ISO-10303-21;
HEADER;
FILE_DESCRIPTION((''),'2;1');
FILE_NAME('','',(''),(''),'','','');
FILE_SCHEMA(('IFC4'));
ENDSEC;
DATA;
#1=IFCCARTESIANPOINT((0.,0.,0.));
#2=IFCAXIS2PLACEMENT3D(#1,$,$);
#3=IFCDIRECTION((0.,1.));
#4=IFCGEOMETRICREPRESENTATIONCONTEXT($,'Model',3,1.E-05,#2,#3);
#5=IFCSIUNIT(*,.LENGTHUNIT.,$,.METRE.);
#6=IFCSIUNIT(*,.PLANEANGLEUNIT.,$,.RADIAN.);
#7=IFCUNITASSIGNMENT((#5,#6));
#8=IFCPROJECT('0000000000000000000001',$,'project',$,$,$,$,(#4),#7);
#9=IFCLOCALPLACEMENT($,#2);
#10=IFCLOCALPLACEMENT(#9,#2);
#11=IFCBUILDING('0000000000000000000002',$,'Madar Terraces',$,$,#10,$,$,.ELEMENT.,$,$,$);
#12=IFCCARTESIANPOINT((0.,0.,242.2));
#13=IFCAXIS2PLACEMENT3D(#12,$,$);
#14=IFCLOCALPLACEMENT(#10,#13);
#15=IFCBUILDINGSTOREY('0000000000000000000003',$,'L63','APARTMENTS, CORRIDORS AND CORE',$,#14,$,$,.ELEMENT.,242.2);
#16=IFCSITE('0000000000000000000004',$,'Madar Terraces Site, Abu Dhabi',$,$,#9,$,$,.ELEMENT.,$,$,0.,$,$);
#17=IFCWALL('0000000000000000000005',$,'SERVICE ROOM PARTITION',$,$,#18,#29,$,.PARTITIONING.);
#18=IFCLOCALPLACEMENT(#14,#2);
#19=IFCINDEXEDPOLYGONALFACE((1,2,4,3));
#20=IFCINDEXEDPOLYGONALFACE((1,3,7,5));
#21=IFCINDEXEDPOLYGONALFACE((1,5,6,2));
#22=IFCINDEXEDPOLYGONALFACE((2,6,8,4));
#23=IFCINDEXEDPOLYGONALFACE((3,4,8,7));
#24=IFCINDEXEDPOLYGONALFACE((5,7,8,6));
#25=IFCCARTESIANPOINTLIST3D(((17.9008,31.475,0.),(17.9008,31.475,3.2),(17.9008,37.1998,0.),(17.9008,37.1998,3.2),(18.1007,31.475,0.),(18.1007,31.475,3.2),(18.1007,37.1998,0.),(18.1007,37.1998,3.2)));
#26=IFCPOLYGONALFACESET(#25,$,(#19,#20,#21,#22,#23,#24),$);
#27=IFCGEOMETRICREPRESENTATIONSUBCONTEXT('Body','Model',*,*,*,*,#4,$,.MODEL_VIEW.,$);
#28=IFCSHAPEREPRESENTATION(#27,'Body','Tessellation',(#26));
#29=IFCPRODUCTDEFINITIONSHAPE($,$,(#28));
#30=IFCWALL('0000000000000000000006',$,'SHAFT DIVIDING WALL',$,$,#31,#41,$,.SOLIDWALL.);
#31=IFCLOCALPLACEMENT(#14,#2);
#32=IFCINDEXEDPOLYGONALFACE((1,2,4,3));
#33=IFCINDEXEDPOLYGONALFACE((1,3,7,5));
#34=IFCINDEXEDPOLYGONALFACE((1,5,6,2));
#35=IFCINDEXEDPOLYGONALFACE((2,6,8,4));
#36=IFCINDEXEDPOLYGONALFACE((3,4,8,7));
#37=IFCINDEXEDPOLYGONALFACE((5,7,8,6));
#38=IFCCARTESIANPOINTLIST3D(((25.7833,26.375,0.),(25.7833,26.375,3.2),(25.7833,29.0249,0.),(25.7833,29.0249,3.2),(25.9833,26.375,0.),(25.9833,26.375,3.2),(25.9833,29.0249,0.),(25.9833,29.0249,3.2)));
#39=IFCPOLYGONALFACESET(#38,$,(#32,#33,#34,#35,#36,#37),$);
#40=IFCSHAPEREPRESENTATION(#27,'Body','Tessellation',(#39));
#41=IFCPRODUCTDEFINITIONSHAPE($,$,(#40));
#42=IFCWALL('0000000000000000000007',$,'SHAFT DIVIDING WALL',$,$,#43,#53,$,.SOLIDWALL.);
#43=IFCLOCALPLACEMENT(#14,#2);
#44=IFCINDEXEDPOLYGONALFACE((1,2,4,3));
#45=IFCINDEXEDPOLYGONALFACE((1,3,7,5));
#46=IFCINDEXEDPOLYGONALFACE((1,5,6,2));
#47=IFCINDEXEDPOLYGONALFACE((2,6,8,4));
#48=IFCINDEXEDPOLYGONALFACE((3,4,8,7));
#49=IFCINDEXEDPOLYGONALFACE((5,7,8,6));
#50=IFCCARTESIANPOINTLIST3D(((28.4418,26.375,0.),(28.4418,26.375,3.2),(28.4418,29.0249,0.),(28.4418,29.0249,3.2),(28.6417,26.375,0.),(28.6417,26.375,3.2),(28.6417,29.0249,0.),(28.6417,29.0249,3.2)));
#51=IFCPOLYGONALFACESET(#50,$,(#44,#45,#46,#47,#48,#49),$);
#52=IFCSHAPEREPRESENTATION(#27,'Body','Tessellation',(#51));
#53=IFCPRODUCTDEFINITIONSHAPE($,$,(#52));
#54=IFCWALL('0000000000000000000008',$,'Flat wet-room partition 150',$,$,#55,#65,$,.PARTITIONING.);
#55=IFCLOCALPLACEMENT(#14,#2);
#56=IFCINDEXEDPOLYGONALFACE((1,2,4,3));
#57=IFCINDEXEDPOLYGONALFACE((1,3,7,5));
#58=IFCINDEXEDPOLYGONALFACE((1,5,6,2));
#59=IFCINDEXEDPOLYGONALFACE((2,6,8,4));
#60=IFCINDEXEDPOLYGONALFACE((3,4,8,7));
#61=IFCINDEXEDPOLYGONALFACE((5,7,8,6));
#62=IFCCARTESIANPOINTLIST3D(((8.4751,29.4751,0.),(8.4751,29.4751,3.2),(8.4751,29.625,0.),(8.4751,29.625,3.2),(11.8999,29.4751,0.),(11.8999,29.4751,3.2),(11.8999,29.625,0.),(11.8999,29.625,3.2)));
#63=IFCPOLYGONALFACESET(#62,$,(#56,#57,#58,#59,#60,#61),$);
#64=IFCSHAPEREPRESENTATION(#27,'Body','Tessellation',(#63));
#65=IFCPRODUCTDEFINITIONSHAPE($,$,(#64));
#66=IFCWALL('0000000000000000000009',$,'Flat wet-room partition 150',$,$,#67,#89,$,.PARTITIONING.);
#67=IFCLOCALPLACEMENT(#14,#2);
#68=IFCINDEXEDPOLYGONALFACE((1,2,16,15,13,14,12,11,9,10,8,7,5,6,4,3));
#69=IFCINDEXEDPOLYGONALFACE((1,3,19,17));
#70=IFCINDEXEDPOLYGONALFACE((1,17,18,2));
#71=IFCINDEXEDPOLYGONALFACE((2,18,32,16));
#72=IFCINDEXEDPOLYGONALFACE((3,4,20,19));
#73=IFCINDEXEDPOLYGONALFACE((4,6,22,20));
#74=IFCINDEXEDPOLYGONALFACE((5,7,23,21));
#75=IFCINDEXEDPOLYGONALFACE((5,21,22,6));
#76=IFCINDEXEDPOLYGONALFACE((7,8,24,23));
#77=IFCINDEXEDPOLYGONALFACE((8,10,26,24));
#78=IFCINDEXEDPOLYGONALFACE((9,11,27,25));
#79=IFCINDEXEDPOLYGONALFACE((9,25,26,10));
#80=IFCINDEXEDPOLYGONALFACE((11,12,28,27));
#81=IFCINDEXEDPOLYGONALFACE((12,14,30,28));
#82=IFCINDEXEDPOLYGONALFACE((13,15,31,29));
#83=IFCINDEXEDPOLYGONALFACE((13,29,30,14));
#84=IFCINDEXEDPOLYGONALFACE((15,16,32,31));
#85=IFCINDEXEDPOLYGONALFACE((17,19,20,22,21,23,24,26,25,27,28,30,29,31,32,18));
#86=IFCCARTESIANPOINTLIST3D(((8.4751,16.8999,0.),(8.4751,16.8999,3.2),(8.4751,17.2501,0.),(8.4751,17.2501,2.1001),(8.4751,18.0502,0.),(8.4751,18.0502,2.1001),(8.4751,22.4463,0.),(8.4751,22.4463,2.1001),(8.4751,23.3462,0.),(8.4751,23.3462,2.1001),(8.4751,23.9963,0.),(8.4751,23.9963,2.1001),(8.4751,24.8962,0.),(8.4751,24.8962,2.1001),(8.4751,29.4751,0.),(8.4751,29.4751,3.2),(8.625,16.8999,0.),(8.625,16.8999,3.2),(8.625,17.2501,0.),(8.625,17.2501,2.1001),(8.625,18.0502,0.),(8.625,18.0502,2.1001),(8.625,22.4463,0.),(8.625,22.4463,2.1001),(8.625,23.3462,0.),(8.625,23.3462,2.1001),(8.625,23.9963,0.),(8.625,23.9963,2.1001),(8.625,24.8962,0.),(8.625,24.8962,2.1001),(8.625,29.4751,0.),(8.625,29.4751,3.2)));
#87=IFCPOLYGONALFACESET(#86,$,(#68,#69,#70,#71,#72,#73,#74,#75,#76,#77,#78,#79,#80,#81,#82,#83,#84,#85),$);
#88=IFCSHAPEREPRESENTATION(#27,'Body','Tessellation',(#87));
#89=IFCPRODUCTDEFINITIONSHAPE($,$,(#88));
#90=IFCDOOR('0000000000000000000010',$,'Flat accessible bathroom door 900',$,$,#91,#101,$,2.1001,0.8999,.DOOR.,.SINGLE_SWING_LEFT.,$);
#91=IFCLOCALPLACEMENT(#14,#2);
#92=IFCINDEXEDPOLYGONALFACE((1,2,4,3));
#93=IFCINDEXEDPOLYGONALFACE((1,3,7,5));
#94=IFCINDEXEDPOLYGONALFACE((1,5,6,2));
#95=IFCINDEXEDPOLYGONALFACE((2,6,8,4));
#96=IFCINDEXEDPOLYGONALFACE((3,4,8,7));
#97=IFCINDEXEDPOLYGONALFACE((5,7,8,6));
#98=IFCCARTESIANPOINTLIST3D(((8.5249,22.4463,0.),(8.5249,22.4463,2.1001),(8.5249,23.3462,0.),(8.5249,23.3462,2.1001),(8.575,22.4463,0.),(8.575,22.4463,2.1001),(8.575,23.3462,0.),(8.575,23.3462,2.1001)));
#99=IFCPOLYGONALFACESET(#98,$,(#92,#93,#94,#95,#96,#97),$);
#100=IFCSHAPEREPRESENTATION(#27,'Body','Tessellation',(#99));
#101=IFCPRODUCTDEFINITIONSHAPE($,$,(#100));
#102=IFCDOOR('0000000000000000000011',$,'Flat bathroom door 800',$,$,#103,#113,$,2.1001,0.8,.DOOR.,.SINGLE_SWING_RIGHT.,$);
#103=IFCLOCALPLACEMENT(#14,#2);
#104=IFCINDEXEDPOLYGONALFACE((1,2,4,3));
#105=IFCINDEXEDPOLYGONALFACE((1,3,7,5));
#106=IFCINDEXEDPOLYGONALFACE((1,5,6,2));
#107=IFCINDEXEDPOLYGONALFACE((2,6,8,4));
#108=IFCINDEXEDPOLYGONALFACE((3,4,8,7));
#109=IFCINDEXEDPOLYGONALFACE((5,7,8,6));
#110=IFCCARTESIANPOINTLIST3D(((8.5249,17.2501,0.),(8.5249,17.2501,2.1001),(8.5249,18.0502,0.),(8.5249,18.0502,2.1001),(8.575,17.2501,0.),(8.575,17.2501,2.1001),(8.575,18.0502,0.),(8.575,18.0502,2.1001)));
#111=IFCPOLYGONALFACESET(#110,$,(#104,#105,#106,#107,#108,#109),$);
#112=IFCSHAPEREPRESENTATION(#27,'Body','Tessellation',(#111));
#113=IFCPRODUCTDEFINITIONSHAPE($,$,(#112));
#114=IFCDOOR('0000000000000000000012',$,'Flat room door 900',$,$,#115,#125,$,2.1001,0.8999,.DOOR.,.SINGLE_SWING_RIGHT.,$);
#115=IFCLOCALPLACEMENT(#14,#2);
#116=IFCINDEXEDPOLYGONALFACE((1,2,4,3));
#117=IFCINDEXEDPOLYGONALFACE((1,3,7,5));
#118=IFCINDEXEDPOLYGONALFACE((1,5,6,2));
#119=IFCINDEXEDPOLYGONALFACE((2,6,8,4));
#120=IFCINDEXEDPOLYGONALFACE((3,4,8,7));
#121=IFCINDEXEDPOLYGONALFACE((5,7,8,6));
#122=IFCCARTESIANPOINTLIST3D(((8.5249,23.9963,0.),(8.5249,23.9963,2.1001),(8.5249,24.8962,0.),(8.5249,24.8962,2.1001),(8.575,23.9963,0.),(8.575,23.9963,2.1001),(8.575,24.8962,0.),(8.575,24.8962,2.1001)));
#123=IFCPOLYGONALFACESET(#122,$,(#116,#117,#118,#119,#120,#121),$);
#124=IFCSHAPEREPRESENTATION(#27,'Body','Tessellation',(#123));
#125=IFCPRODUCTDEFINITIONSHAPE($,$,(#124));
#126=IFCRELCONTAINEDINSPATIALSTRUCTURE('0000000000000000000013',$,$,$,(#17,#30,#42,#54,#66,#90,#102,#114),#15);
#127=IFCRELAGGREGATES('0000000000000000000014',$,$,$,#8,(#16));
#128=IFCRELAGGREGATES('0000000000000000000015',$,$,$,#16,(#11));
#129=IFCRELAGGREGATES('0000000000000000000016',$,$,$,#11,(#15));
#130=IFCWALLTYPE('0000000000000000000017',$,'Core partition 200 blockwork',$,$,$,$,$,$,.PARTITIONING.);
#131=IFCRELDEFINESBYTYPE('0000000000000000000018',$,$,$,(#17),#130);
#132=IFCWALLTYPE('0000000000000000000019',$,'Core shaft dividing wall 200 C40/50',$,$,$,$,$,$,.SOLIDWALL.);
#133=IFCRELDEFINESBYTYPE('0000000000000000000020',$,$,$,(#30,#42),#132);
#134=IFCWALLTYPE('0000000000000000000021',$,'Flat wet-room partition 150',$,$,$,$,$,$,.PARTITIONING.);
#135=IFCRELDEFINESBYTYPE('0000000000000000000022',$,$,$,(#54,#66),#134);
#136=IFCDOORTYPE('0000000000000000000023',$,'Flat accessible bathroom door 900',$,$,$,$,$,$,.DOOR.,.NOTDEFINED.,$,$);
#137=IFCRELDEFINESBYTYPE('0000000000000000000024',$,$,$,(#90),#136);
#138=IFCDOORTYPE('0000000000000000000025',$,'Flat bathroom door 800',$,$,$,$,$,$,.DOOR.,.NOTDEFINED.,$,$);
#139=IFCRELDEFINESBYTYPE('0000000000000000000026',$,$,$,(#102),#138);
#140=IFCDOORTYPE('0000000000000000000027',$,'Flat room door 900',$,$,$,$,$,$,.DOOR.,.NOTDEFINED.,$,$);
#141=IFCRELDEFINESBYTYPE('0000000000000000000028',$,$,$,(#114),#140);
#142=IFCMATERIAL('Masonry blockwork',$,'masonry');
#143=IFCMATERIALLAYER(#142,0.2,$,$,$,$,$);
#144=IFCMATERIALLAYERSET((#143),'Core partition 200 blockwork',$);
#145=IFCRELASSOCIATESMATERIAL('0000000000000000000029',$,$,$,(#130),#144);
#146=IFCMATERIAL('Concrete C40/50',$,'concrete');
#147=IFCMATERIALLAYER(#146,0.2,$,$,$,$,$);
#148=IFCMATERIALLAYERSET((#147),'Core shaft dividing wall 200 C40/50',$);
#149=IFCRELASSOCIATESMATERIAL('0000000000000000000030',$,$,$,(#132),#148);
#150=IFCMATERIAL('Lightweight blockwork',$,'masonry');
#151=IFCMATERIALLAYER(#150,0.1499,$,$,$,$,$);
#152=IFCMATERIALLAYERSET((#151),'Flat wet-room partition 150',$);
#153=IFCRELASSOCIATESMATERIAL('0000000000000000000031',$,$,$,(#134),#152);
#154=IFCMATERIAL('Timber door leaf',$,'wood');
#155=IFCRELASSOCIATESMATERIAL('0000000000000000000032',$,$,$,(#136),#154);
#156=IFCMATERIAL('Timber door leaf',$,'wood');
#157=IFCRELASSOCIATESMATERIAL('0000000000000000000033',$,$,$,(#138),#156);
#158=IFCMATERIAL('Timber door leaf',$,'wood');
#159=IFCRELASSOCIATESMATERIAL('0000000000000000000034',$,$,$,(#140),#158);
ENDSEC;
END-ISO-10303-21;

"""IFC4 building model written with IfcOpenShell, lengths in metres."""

from ifc_helpers import new_model, si_unit, direction, frame, frame_2d, origin, place, context, subcontext, project, spatial, rectangle, extrude, material, layer, layer_set, type_object, element, fill, save


model = new_model("IFC4")

# Units and contexts
model_context = context("Model", 3, precision=1e-05, world=origin(), true_north=direction((0.0, 1.0)))
body_context = subcontext(model_context, "Body", "Model", "MODEL_VIEW")
ifc_project = project(units=[si_unit("LENGTHUNIT", "METRE"), si_unit("PLANEANGLEUNIT", "RADIAN")], contexts=[model_context])

# Site, building, storey
site_placement = place(None, origin())
site = spatial("IfcSite", under=ifc_project, at=site_placement, Name="Madar Terraces Site, Abu Dhabi", CompositionType="ELEMENT", RefElevation=0.0)
building_placement = place(site_placement, origin())
building = spatial("IfcBuilding", under=site, at=building_placement, Name="Madar Terraces", CompositionType="ELEMENT")
storey_placement = place(building_placement, frame((0.0, 0.0, 242.2)))
storey = spatial("IfcBuildingStorey", under=building, at=storey_placement, Name="L63", Description="APARTMENTS, CORRIDORS AND CORE", CompositionType="ELEMENT", Elevation=242.2)

# Walls
ifc_material_1 = material(Name="Masonry blockwork", Category="masonry")
ifc_layer_1 = layer(ifc_material_1, 0.2)
ifc_layer_set_1 = layer_set([ifc_layer_1], Name="Core partition 200 blockwork")
wall_type_1 = type_object("IfcWallType", Name="Core partition 200 blockwork", PredefinedType="PARTITIONING", material=ifc_layer_set_1)
wall_1_placement = place(storey_placement, frame((18.0007, 31.4751, 0.0), z_axis=(0.0, 0.0, 1.0), x_axis=(0.0, 1.0, 0.0)))
element("IfcWall", 1, at=wall_1_placement, inside=storey, type_object=wall_type_1, Name="SERVICE ROOM PARTITION", PredefinedType="PARTITIONING", context=body_context, shape_type="SweptSolid", body=[
    extrude(rectangle(XDim=5.7249, YDim=0.2, at=frame_2d((2.8623, 0.0))), origin(), (0.0, 0.0, 1.0), 3.2),
])
ifc_material_2 = material(Name="Concrete C40/50", Category="concrete")
ifc_layer_2 = layer(ifc_material_2, 0.2)
ifc_layer_set_2 = layer_set([ifc_layer_2], Name="Core shaft dividing wall 200 C40/50")
wall_type_2 = type_object("IfcWallType", Name="Core shaft dividing wall 200 C40/50", PredefinedType="SOLIDWALL", material=ifc_layer_set_2)
for number, where, z_axis, x_axis, name in (
    (2, (25.8833, 26.375, 0.0), (0.0, 0.0, 1.0), (0.0, 1.0, 0.0), "SHAFT DIVIDING WALL"),
    (3, (28.5417, 26.375, 0.0), (0.0, 0.0, 1.0), (0.0, 1.0, 0.0), "SHAFT DIVIDING WALL"),
):
    element("IfcWall", number, at=place(storey_placement, frame(where, z_axis=z_axis, x_axis=x_axis)), inside=storey, type_object=wall_type_2, Name=name, PredefinedType="SOLIDWALL", context=body_context, shape_type="SweptSolid", body=[
        extrude(rectangle(XDim=2.6499, YDim=0.2, at=frame_2d((1.325, 0.0))), origin(), (0.0, 0.0, 1.0), 3.2),
    ])
ifc_material_3 = material(Name="Lightweight blockwork", Category="masonry")
ifc_layer_3 = layer(ifc_material_3, 0.1499)
ifc_layer_set_3 = layer_set([ifc_layer_3], Name="Flat wet-room partition 150")
wall_type_3 = type_object("IfcWallType", Name="Flat wet-room partition 150", PredefinedType="PARTITIONING", material=ifc_layer_set_3)
wall_2_placement = place(storey_placement, frame((11.8999, 29.55, 0.0), z_axis=(0.0, 0.0, 1.0), x_axis=(-1.0, 0.0, 0.0)))
element("IfcWall", 4, at=wall_2_placement, inside=storey, type_object=wall_type_3, Name="Flat wet-room partition 150", PredefinedType="PARTITIONING", context=body_context, shape_type="SweptSolid", body=[
    extrude(rectangle(XDim=3.4248, YDim=0.1499, at=frame_2d((1.7124, 0.0))), origin(), (0.0, 0.0, 1.0), 3.2),
])

# Wall, openings, doors
wall_3_placement = place(storey_placement, frame((8.55, 29.4751, 0.0), z_axis=(0.0, 0.0, 1.0), x_axis=(0.0, -1.0, 0.0)))
wall_3 = element("IfcWall", 5, at=wall_3_placement, inside=storey, type_object=wall_type_3, Name="Flat wet-room partition 150", PredefinedType="PARTITIONING", context=body_context, shape_type="SweptSolid", body=[
    extrude(rectangle(XDim=12.5752, YDim=0.1499, at=frame_2d((6.2876, 0.0))), origin(), (0.0, 0.0, 1.0), 3.2),
])
opening_1_placement = place(wall_3_placement, frame((4.5789, 0.0, 0.0)))
opening_1 = element("IfcOpeningElement", 6, at=opening_1_placement, cuts=wall_3, PredefinedType="OPENING", context=body_context, shape_type="SweptSolid", body=[
    extrude(rectangle(XDim=0.8999, YDim=2.1001, at=frame_2d((0.45, 1.05))), frame((0.0, 0.085, 0.0), z_axis=(0.0, -1.0, 0.0), x_axis=(1.0, 0.0, 0.0)), (0.0, 0.0, 1.0), 0.1699),
])
opening_2_placement = place(wall_3_placement, frame((6.1289, 0.0, 0.0)))
opening_2 = element("IfcOpeningElement", 7, at=opening_2_placement, cuts=wall_3, PredefinedType="OPENING", context=body_context, shape_type="SweptSolid", body=[
    extrude(rectangle(XDim=0.8999, YDim=2.1001, at=frame_2d((0.45, 1.05))), frame((0.0, 0.085, 0.0), z_axis=(0.0, -1.0, 0.0), x_axis=(1.0, 0.0, 0.0)), (0.0, 0.0, 1.0), 0.1699),
])
opening_3_placement = place(wall_3_placement, frame((11.425, 0.0, 0.0)))
opening_3 = element("IfcOpeningElement", 8, at=opening_3_placement, cuts=wall_3, PredefinedType="OPENING", context=body_context, shape_type="SweptSolid", body=[
    extrude(rectangle(XDim=0.8, YDim=2.1001, at=frame_2d((0.3999, 1.05))), frame((0.0, 0.085, 0.0), z_axis=(0.0, -1.0, 0.0), x_axis=(1.0, 0.0, 0.0)), (0.0, 0.0, 1.0), 0.1699),
])
ifc_material_4 = material(Name="Timber door leaf", Category="wood")
door_type_1 = type_object("IfcDoorType", Name="Flat accessible bathroom door 900", OperationType="NOTDEFINED", PredefinedType="DOOR", material=ifc_material_4)
door_1_placement = place(opening_2_placement, origin())
door_1 = element("IfcDoor", 9, at=door_1_placement, inside=storey, type_object=door_type_1, Name="Flat accessible bathroom door 900", OperationType="SINGLE_SWING_LEFT", OverallHeight=2.1001, OverallWidth=0.8999, PredefinedType="DOOR", context=body_context, shape_type="SweptSolid", body=[
    extrude(rectangle(XDim=0.8999, YDim=2.1001, at=frame_2d((0.45, 1.05))), frame((0.0, 0.0249, 0.0), z_axis=(0.0, -1.0, 0.0), x_axis=(1.0, 0.0, 0.0)), (0.0, 0.0, 1.0), 0.05),
])
fill(opening_2, door_1)
ifc_material_5 = material(Name="Timber door leaf", Category="wood")
door_type_2 = type_object("IfcDoorType", Name="Flat bathroom door 800", OperationType="NOTDEFINED", PredefinedType="DOOR", material=ifc_material_5)
door_2_placement = place(opening_3_placement, origin())
door_2 = element("IfcDoor", 10, at=door_2_placement, inside=storey, type_object=door_type_2, Name="Flat bathroom door 800", OperationType="SINGLE_SWING_RIGHT", OverallHeight=2.1001, OverallWidth=0.8, PredefinedType="DOOR", context=body_context, shape_type="SweptSolid", body=[
    extrude(rectangle(XDim=0.8, YDim=2.1001, at=frame_2d((0.3999, 1.05))), frame((0.0, 0.0249, 0.0), z_axis=(0.0, -1.0, 0.0), x_axis=(1.0, 0.0, 0.0)), (0.0, 0.0, 1.0), 0.05),
])
fill(opening_3, door_2)
ifc_material_6 = material(Name="Timber door leaf", Category="wood")
door_type_3 = type_object("IfcDoorType", Name="Flat room door 900", OperationType="NOTDEFINED", PredefinedType="DOOR", material=ifc_material_6)
door_3_placement = place(opening_1_placement, origin())
door_3 = element("IfcDoor", 11, at=door_3_placement, inside=storey, type_object=door_type_3, Name="Flat room door 900", OperationType="SINGLE_SWING_RIGHT", OverallHeight=2.1001, OverallWidth=0.8999, PredefinedType="DOOR", context=body_context, shape_type="SweptSolid", body=[
    extrude(rectangle(XDim=0.8999, YDim=2.1001, at=frame_2d((0.45, 1.05))), frame((0.0, 0.0249, 0.0), z_axis=(0.0, -1.0, 0.0), x_axis=(1.0, 0.0, 0.0)), (0.0, 0.0, 1.0), 0.05),
])
fill(opening_1, door_3)

save(model, "model.ifc")
